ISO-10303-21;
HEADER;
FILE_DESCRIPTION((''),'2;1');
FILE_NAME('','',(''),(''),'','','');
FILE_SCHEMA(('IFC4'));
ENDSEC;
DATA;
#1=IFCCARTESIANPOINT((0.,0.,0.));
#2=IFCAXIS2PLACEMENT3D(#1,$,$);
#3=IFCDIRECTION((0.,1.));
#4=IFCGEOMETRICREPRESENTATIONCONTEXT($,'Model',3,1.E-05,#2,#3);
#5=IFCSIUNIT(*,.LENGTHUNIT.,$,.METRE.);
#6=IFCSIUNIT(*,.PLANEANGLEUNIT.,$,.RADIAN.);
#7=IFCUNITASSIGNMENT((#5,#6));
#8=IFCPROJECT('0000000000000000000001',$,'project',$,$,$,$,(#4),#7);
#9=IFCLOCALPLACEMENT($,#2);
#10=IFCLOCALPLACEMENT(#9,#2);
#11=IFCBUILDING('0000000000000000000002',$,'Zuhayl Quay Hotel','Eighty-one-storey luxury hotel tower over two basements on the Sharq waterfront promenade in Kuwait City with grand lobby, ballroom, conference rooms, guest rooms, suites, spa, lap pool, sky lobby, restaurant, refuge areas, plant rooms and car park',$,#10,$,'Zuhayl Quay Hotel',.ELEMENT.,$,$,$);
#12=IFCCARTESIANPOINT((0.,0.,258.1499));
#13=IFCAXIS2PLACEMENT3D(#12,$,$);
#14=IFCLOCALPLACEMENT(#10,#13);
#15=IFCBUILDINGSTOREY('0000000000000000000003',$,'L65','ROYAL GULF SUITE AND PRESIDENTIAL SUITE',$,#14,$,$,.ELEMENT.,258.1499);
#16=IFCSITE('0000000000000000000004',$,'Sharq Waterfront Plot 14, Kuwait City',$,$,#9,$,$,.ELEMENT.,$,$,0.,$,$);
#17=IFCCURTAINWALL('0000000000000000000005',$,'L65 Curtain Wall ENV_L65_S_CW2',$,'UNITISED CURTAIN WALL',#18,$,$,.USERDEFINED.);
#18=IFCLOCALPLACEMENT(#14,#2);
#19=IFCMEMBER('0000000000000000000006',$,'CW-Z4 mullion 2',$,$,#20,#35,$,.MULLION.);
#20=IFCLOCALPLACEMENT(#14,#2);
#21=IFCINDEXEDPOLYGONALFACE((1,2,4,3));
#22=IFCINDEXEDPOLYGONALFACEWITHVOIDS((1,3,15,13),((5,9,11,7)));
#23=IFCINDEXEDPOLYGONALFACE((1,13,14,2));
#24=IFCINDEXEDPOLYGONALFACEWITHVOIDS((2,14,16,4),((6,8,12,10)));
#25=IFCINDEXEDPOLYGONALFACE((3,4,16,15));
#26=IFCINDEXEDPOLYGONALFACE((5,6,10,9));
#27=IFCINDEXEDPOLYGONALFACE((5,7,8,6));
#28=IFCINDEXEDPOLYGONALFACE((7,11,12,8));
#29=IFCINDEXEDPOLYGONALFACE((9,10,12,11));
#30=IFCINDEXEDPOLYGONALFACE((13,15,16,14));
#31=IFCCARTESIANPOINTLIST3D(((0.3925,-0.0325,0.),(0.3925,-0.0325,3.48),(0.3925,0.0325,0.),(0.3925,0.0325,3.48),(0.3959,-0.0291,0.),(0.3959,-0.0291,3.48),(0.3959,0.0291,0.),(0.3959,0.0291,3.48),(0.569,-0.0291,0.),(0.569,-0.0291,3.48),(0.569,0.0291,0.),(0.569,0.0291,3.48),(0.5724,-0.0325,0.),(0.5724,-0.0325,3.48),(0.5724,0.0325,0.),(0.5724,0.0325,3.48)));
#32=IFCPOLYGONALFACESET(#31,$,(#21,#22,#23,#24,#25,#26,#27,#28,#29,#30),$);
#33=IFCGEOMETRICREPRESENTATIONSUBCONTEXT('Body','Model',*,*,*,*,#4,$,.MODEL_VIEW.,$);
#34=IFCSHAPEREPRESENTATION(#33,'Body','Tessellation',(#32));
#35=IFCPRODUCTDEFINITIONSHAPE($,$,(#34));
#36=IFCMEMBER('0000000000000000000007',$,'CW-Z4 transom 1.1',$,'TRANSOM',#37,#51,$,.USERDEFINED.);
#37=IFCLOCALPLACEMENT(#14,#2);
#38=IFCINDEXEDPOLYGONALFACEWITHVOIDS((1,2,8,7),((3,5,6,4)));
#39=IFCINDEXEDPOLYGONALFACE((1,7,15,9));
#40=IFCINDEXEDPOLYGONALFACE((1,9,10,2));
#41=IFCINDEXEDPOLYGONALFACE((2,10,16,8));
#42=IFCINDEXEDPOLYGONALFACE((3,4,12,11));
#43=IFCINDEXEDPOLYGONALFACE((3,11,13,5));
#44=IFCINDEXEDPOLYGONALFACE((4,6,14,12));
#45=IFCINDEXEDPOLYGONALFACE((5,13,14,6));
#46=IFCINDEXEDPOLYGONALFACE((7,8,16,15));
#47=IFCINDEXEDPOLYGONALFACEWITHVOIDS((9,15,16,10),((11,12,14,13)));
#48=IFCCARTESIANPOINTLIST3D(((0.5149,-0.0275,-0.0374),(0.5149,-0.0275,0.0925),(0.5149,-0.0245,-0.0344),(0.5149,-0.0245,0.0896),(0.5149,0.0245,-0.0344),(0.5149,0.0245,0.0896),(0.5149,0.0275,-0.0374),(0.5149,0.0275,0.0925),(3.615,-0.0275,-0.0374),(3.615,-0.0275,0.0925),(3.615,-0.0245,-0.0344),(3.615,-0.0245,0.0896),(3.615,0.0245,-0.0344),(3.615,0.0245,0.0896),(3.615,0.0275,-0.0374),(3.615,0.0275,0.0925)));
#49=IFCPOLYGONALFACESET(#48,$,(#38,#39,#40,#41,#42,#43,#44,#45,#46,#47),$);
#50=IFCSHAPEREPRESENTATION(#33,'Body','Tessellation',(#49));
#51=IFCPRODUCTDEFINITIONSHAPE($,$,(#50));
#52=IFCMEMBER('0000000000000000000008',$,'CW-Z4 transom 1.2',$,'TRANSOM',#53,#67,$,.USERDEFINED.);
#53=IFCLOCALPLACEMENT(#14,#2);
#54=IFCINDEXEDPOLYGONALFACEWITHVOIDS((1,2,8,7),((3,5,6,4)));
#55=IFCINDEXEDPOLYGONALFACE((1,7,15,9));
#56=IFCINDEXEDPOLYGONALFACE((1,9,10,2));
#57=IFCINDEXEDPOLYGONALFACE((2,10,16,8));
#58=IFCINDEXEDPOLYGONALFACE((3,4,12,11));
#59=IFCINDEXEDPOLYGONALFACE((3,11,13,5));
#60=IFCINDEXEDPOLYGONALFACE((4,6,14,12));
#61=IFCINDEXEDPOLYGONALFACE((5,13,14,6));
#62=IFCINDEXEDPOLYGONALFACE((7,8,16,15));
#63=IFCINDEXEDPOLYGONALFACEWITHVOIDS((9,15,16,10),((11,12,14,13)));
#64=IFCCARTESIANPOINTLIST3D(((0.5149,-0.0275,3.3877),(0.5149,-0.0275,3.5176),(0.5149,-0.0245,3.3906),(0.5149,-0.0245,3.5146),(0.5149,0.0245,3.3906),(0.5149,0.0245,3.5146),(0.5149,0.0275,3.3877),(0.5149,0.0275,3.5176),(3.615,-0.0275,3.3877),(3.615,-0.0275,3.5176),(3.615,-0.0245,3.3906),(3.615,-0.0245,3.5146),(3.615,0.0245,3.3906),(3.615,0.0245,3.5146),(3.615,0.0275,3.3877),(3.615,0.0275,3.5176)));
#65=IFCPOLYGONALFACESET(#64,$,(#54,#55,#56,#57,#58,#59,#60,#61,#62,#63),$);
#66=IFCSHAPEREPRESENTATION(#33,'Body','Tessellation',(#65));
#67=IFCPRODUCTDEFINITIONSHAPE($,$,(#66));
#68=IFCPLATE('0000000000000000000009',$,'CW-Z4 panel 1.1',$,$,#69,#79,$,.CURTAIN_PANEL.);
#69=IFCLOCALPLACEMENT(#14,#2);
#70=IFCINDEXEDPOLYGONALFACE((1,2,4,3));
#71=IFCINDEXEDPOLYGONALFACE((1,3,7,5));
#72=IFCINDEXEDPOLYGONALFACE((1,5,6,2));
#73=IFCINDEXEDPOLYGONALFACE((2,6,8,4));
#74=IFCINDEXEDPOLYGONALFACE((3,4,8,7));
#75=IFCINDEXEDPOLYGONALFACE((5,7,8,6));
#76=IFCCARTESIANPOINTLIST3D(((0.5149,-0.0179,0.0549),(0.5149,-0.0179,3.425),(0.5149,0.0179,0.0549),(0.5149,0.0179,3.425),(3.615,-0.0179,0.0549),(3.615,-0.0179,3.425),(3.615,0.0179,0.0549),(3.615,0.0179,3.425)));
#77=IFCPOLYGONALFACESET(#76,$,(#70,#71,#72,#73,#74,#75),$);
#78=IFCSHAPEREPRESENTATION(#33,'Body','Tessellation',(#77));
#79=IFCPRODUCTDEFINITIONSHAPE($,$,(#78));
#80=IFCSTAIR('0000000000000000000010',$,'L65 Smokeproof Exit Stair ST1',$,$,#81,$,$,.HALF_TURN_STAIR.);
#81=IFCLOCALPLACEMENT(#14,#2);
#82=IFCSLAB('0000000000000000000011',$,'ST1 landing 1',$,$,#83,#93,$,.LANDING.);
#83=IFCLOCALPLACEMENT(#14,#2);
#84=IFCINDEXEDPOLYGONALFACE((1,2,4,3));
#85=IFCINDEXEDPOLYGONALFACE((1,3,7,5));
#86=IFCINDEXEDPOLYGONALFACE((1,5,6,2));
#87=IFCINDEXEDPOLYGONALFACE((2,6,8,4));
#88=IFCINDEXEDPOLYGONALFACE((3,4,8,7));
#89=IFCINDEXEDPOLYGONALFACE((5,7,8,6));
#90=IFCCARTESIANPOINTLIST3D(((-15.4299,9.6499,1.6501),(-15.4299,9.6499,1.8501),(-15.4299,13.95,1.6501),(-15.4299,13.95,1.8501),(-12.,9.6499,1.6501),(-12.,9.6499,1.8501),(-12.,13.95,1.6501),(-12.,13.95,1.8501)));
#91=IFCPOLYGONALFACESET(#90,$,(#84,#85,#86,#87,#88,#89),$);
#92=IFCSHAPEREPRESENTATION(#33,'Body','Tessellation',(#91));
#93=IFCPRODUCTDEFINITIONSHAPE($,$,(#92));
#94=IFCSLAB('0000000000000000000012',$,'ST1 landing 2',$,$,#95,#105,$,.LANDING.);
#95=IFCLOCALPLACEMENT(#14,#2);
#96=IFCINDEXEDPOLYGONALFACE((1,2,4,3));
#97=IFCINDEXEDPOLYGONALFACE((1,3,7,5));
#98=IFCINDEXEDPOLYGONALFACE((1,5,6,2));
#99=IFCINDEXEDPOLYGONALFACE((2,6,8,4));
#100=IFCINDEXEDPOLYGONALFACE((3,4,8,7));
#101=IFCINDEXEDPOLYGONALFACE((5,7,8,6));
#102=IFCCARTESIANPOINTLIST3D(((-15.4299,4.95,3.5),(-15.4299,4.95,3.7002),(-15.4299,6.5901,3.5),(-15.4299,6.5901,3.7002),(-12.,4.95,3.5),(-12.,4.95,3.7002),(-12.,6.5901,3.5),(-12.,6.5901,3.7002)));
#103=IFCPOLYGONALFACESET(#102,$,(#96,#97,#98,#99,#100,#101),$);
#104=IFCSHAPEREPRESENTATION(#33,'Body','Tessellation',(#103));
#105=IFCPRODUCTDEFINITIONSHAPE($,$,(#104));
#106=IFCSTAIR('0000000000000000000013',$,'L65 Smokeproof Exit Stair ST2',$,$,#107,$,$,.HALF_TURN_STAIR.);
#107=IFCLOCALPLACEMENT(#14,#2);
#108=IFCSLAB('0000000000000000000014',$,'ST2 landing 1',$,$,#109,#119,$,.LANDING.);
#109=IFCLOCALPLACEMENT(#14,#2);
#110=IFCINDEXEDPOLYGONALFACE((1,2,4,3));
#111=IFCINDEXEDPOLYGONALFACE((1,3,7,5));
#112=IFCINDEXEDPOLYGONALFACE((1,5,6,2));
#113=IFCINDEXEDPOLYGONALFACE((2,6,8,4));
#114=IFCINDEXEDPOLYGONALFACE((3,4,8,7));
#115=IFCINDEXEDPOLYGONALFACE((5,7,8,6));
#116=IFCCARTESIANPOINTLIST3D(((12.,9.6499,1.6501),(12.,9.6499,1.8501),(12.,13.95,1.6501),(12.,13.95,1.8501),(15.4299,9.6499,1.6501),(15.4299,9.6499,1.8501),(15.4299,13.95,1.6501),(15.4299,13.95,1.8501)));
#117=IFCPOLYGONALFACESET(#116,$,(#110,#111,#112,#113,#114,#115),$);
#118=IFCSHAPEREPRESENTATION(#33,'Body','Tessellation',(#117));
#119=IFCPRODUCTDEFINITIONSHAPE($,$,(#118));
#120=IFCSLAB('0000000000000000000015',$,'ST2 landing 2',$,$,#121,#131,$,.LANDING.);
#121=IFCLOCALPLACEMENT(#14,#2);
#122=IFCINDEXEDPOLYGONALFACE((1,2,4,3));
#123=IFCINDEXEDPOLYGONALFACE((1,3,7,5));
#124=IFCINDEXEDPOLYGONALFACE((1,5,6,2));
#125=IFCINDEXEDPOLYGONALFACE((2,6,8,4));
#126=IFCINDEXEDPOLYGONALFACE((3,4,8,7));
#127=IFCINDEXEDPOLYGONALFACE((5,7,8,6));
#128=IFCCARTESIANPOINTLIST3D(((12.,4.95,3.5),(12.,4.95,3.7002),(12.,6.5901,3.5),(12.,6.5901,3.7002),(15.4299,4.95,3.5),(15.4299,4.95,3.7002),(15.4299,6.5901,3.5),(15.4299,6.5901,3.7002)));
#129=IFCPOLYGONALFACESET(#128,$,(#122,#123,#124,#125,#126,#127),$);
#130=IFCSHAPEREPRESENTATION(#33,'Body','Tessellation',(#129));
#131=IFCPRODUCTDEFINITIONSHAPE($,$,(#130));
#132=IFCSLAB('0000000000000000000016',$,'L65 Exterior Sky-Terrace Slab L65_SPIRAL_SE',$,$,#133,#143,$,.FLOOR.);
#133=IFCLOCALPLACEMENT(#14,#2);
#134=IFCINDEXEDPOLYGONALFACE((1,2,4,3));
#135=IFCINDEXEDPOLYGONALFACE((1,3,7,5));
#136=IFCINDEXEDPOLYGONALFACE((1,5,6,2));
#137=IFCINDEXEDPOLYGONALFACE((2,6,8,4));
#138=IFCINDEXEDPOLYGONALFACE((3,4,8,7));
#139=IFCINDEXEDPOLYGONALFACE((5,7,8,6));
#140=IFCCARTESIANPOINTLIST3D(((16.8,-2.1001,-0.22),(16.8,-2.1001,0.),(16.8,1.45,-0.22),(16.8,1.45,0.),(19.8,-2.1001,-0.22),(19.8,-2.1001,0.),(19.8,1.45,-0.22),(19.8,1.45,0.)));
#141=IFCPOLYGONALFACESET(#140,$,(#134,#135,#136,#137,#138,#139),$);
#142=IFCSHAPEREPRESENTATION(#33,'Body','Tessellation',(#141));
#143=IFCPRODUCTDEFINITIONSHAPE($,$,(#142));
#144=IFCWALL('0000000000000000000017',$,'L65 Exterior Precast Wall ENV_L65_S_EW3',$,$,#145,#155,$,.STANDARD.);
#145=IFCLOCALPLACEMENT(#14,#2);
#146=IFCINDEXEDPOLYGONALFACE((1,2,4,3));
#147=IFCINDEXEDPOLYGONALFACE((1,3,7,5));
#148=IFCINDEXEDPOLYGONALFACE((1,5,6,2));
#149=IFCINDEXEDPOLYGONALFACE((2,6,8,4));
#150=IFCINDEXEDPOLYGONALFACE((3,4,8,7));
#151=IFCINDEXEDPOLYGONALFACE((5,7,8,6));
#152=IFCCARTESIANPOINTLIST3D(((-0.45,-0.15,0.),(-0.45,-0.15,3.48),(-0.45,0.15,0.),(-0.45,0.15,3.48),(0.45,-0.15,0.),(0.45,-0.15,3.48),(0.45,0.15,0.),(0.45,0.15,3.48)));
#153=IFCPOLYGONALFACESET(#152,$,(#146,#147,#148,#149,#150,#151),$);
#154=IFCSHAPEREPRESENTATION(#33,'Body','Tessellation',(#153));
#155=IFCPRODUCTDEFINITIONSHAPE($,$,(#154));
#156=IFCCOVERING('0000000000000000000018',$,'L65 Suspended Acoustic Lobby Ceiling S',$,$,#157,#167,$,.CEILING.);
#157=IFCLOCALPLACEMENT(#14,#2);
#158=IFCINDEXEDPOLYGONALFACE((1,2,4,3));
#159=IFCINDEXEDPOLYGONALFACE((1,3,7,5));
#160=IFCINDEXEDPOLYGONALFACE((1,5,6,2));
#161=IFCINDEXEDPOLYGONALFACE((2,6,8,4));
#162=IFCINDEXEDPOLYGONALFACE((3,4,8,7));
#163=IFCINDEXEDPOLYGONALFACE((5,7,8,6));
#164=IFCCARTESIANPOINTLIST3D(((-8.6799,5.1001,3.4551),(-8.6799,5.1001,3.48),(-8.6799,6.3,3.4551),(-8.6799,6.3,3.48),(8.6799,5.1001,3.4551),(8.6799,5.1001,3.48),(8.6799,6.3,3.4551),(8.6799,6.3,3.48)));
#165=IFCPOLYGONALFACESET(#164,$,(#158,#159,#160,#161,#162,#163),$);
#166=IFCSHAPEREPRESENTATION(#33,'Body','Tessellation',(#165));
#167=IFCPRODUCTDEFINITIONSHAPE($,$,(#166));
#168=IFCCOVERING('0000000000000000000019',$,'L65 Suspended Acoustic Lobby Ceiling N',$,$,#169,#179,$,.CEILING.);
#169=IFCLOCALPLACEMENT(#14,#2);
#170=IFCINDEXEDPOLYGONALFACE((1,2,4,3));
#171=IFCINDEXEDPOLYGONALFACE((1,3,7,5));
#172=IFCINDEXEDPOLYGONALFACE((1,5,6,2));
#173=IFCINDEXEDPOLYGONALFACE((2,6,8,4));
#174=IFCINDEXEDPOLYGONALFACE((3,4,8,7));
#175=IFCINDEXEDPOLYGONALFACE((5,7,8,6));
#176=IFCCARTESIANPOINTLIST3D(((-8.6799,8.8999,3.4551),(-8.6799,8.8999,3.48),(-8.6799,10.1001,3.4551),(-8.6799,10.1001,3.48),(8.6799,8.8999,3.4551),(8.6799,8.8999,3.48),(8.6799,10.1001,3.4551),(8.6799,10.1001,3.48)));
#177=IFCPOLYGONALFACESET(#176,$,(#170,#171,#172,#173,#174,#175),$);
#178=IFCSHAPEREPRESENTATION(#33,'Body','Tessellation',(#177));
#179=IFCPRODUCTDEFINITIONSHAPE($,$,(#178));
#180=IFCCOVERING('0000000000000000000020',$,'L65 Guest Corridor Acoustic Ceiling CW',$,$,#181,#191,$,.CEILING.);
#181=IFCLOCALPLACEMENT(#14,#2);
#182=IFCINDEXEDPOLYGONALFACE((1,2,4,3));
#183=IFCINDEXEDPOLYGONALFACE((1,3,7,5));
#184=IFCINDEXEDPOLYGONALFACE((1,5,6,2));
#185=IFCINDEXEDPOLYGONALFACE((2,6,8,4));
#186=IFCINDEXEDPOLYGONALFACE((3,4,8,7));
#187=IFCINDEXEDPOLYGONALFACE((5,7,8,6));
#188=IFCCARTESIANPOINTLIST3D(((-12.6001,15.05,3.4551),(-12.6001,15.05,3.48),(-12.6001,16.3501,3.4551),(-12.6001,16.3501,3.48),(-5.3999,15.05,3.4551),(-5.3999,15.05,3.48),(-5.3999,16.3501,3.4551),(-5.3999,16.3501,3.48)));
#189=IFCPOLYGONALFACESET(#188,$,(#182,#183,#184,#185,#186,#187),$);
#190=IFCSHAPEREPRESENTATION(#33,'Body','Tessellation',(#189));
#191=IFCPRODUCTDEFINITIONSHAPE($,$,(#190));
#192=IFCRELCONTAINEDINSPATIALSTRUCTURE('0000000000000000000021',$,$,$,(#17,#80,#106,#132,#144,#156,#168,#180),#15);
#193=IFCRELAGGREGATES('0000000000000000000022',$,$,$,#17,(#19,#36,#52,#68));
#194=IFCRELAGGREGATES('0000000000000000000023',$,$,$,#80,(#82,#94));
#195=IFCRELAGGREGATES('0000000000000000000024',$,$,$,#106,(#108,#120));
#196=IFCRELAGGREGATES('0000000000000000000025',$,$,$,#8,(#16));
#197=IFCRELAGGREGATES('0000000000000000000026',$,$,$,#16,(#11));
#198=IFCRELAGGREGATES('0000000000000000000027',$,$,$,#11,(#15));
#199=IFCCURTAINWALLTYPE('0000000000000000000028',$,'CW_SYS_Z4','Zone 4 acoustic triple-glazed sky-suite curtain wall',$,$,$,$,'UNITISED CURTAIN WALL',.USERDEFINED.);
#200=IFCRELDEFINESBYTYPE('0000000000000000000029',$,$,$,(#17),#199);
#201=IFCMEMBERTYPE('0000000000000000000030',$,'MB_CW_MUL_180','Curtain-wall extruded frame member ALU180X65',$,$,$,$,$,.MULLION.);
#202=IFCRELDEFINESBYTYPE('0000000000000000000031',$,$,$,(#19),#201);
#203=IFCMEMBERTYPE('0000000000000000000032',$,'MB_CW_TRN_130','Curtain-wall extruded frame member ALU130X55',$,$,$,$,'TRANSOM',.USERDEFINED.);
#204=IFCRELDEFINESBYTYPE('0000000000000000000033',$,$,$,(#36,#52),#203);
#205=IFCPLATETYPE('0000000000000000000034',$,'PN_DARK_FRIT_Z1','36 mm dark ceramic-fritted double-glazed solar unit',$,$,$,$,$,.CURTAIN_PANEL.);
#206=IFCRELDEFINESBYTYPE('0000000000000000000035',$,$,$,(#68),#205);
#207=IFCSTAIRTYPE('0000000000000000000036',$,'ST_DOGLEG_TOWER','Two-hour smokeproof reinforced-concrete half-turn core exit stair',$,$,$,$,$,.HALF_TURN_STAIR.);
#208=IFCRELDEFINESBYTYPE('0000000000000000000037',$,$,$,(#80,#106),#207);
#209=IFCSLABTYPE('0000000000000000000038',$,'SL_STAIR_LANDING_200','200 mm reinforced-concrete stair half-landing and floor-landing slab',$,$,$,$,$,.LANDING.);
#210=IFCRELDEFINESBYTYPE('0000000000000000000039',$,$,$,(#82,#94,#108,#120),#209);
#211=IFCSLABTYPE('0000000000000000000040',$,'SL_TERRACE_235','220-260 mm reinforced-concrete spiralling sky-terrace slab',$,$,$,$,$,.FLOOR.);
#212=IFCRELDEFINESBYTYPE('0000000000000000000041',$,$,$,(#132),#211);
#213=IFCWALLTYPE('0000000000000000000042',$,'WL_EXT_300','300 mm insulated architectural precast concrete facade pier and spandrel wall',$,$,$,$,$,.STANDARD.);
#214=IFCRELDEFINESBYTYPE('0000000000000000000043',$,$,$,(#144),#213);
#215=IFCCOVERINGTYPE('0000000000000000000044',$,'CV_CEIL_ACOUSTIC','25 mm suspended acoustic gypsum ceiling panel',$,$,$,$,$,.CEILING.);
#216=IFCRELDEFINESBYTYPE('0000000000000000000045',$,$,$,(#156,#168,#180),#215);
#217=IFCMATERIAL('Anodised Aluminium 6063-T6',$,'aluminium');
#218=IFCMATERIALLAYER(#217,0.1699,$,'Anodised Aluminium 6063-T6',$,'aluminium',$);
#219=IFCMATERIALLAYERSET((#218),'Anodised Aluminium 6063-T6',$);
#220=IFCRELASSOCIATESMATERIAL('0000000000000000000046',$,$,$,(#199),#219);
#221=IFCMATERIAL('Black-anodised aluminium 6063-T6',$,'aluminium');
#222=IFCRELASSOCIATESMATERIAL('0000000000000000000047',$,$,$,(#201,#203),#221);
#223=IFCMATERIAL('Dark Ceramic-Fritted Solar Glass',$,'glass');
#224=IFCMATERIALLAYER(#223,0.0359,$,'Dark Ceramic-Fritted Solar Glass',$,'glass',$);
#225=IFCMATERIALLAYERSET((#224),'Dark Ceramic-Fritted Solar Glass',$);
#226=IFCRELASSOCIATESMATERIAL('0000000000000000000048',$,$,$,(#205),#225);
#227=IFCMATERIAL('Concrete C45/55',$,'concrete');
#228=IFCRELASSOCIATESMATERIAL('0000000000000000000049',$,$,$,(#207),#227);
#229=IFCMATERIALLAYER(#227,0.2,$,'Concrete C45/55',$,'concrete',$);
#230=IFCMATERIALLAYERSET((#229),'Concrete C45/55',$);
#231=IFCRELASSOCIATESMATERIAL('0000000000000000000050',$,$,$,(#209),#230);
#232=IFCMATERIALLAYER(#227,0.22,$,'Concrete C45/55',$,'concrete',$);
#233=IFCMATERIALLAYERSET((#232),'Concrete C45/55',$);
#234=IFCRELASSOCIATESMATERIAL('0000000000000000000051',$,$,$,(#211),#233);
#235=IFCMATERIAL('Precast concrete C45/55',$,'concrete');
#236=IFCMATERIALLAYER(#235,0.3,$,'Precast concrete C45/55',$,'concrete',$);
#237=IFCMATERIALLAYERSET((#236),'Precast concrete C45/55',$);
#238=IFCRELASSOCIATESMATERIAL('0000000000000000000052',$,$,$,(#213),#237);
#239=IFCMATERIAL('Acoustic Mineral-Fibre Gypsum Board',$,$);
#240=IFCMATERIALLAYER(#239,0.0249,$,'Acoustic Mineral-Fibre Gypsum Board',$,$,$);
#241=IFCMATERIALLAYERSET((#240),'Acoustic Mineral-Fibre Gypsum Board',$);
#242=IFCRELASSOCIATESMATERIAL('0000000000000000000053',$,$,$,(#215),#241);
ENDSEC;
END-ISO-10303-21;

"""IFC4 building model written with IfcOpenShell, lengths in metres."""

from ifc_helpers import new_model, si_unit, direction, frame, frame_2d, origin, origin_2d, place, context, subcontext, project, spatial, polyline, rectangle, hollow_rectangle, outline, extrude, material, layer, layer_set, material_profile, profile_set, type_object, element, aggregate, save


model = new_model("IFC4")

# Units and contexts
model_context = context("Model", 3, precision=1e-05, world=origin(), true_north=direction((0.0, 1.0)))
body_context = subcontext(model_context, "Body", "Model", "MODEL_VIEW")
ifc_project = project(units=[si_unit("LENGTHUNIT", "METRE"), si_unit("PLANEANGLEUNIT", "RADIAN")], contexts=[model_context])

# Site, building, storey
site_placement = place(None, origin())
site = spatial("IfcSite", under=ifc_project, at=site_placement, Name="Sharq Waterfront Plot 14, Kuwait City", CompositionType="ELEMENT", RefElevation=0.0)
building_placement = place(site_placement, origin())
building = spatial("IfcBuilding", under=site, at=building_placement, Name="Zuhayl Quay Hotel", Description="Eighty-one-storey luxury hotel tower over two basements on the Sharq waterfront promenade in Kuwait City with grand lobby, ballroom, conference rooms, guest rooms, suites, spa, lap pool, sky lobby, restaurant, refuge areas, plant rooms and car park", LongName="Zuhayl Quay Hotel", CompositionType="ELEMENT")
storey_placement = place(building_placement, frame((0.0, 0.0, 258.1499)))
storey = spatial("IfcBuildingStorey", under=building, at=storey_placement, Name="L65", Description="ROYAL GULF SUITE AND PRESIDENTIAL SUITE", CompositionType="ELEMENT", Elevation=258.1499)

# Curtain wall, members, plate
ifc_material_1 = material(Name="Anodised Aluminium 6063-T6", Category="aluminium")
ifc_layer_1 = layer(ifc_material_1, 0.1699, Name="Anodised Aluminium 6063-T6", Category="aluminium")
ifc_layer_set_1 = layer_set([ifc_layer_1], Name="Anodised Aluminium 6063-T6")
curtain_wall_type = type_object("IfcCurtainWallType", Name="CW_SYS_Z4", Description="Zone 4 acoustic triple-glazed sky-suite curtain wall", ElementType="UNITISED CURTAIN WALL", PredefinedType="USERDEFINED", material=ifc_layer_set_1)
curtain_wall_placement = place(storey_placement, origin())
curtain_wall = element("IfcCurtainWall", 1, at=curtain_wall_placement, inside=storey, type_object=curtain_wall_type, Name="L65 Curtain Wall ENV_L65_S_CW2", ObjectType="UNITISED CURTAIN WALL", PredefinedType="USERDEFINED")
ifc_material_2 = material(Name="Black-anodised aluminium 6063-T6", Category="aluminium")
ifc_material_profile_1 = material_profile(ifc_material_2, hollow_rectangle(XDim=0.0649, YDim=0.1799, WallThickness=0.0034, at=origin_2d()), Name="ALU180X65")
ifc_profile_set_1 = profile_set([ifc_material_profile_1], Name="Black-anodised aluminium 6063-T6")
member_type_1 = type_object("IfcMemberType", Name="MB_CW_MUL_180", Description="Curtain-wall extruded frame member ALU180X65", PredefinedType="MULLION", material=ifc_profile_set_1)
member_1_placement = place(storey_placement, frame((0.4824, 0.0, 0.0), z_axis=(0.0, 0.0, 1.0), x_axis=(0.0, -1.0, 0.0)))
member_1 = element("IfcMember", 2, at=member_1_placement, type_object=member_type_1, Name="CW-Z4 mullion 2", PredefinedType="MULLION", context=body_context, shape_type="SweptSolid", body=[
    extrude(hollow_rectangle(XDim=0.0649, YDim=0.1799, WallThickness=0.0034, at=origin_2d()), origin(), (0.0, 0.0, 1.0), 3.48),
])
ifc_material_profile_2 = material_profile(ifc_material_2, hollow_rectangle(XDim=0.0549, YDim=0.1299, WallThickness=0.0029, at=origin_2d()), Name="ALU130X55")
ifc_profile_set_2 = profile_set([ifc_material_profile_2], Name="Black-anodised aluminium 6063-T6")
member_type_2 = type_object("IfcMemberType", Name="MB_CW_TRN_130", Description="Curtain-wall extruded frame member ALU130X55", ElementType="TRANSOM", PredefinedType="USERDEFINED", material=ifc_profile_set_2)
member_2_placement = place(storey_placement, frame((3.615, 0.0, 0.0276), z_axis=(-1.0, 0.0, 0.0), x_axis=(0.0, -1.0, 0.0)))
member_2 = element("IfcMember", 3, at=member_2_placement, type_object=member_type_2, Name="CW-Z4 transom 1.1", ObjectType="TRANSOM", PredefinedType="USERDEFINED", context=body_context, shape_type="SweptSolid", body=[
    extrude(hollow_rectangle(XDim=0.0549, YDim=0.1299, WallThickness=0.0029, at=origin_2d()), origin(), (0.0, 0.0, 1.0), 3.1001),
])
member_3_placement = place(storey_placement, frame((3.615, 0.0, 3.4526), z_axis=(-1.0, 0.0, 0.0), x_axis=(0.0, -1.0, 0.0)))
member_3 = element("IfcMember", 4, at=member_3_placement, type_object=member_type_2, Name="CW-Z4 transom 1.2", ObjectType="TRANSOM", PredefinedType="USERDEFINED", context=body_context, shape_type="SweptSolid", body=[
    extrude(hollow_rectangle(XDim=0.0549, YDim=0.1299, WallThickness=0.0029, at=origin_2d()), origin(), (0.0, 0.0, 1.0), 3.1001),
])
ifc_material_3 = material(Name="Dark Ceramic-Fritted Solar Glass", Category="glass")
ifc_layer_2 = layer(ifc_material_3, 0.0359, Name="Dark Ceramic-Fritted Solar Glass", Category="glass")
ifc_layer_set_2 = layer_set([ifc_layer_2], Name="Dark Ceramic-Fritted Solar Glass")
plate_type = type_object("IfcPlateType", Name="PN_DARK_FRIT_Z1", Description="36 mm dark ceramic-fritted double-glazed solar unit", PredefinedType="CURTAIN_PANEL", material=ifc_layer_set_2)
plate_placement = place(storey_placement, frame((2.0649, 0.0, 0.0549), z_axis=(0.0, 0.0, 1.0), x_axis=(-1.0, 0.0, 0.0)))
plate = element("IfcPlate", 5, at=plate_placement, type_object=plate_type, Name="CW-Z4 panel 1.1", PredefinedType="CURTAIN_PANEL", context=body_context, shape_type="SweptSolid", body=[
    extrude(rectangle(XDim=3.1001, YDim=0.0359, at=origin_2d()), origin(), (0.0, 0.0, 1.0), 3.3701),
])
aggregate(curtain_wall, [member_1, member_2, member_3, plate])

# Stairs, slabs
ifc_material_4 = material(Name="Concrete C45/55", Category="concrete")
stair_type = type_object("IfcStairType", Name="ST_DOGLEG_TOWER", Description="Two-hour smokeproof reinforced-concrete half-turn core exit stair", PredefinedType="HALF_TURN_STAIR", material=ifc_material_4)
stair_1_placement = place(storey_placement, origin())
stair_1 = element("IfcStair", 6, at=stair_1_placement, inside=storey, type_object=stair_type, Name="L65 Smokeproof Exit Stair ST1", PredefinedType="HALF_TURN_STAIR")
ifc_layer_3 = layer(ifc_material_4, 0.2, Name="Concrete C45/55", Category="concrete")
ifc_layer_set_3 = layer_set([ifc_layer_3], Name="Concrete C45/55")
slab_type_1 = type_object("IfcSlabType", Name="SL_STAIR_LANDING_200", Description="200 mm reinforced-concrete stair half-landing and floor-landing slab", PredefinedType="LANDING", material=ifc_layer_set_3)
slab_1_placement = place(storey_placement, frame((0.0, 0.0, 1.6501)))
slab_1 = element("IfcSlab", 7, at=slab_1_placement, type_object=slab_type_1, Name="ST1 landing 1", PredefinedType="LANDING", context=body_context, shape_type="SweptSolid", body=[
    extrude(outline(polyline([(-12.0, 9.6499), (-12.0, 13.95), (-15.4299, 13.95), (-15.4299, 9.6499), (-12.0, 9.6499)])), origin(), (0.0, 0.0, 1.0), 0.2),
])
slab_2_placement = place(storey_placement, frame((0.0, 0.0, 3.5)))
slab_2 = element("IfcSlab", 8, at=slab_2_placement, type_object=slab_type_1, Name="ST1 landing 2", PredefinedType="LANDING", context=body_context, shape_type="SweptSolid", body=[
    extrude(outline(polyline([(-12.0, 4.95), (-12.0, 6.5901), (-15.4299, 6.5901), (-15.4299, 4.95), (-12.0, 4.95)])), origin(), (0.0, 0.0, 1.0), 0.2002),
])
aggregate(stair_1, [slab_1, slab_2])
stair_2_placement = place(storey_placement, origin())
stair_2 = element("IfcStair", 9, at=stair_2_placement, inside=storey, type_object=stair_type, Name="L65 Smokeproof Exit Stair ST2", PredefinedType="HALF_TURN_STAIR")
slab_3_placement = place(storey_placement, frame((0.0, 0.0, 1.6501)))
slab_3 = element("IfcSlab", 10, at=slab_3_placement, type_object=slab_type_1, Name="ST2 landing 1", PredefinedType="LANDING", context=body_context, shape_type="SweptSolid", body=[
    extrude(outline(polyline([(15.4299, 9.6499), (15.4299, 13.95), (12.0, 13.95), (12.0, 9.6499), (15.4299, 9.6499)])), origin(), (0.0, 0.0, 1.0), 0.2),
])
slab_4_placement = place(storey_placement, frame((0.0, 0.0, 3.5)))
slab_4 = element("IfcSlab", 11, at=slab_4_placement, type_object=slab_type_1, Name="ST2 landing 2", PredefinedType="LANDING", context=body_context, shape_type="SweptSolid", body=[
    extrude(outline(polyline([(15.4299, 4.95), (15.4299, 6.5901), (12.0, 6.5901), (12.0, 4.95), (15.4299, 4.95)])), origin(), (0.0, 0.0, 1.0), 0.2002),
])
aggregate(stair_2, [slab_3, slab_4])

# Slab
ifc_layer_4 = layer(ifc_material_4, 0.22, Name="Concrete C45/55", Category="concrete")
ifc_layer_set_4 = layer_set([ifc_layer_4], Name="Concrete C45/55")
slab_type_2 = type_object("IfcSlabType", Name="SL_TERRACE_235", Description="220-260 mm reinforced-concrete spiralling sky-terrace slab", PredefinedType="FLOOR", material=ifc_layer_set_4)
slab_5_placement = place(storey_placement, frame((0.0, 0.0, -0.22)))
element("IfcSlab", 12, at=slab_5_placement, inside=storey, type_object=slab_type_2, Name="L65 Exterior Sky-Terrace Slab L65_SPIRAL_SE", PredefinedType="FLOOR", context=body_context, shape_type="SweptSolid", body=[
    extrude(outline(polyline([(16.8, -2.1001), (19.8, -2.1001), (19.8, 1.45), (16.8, 1.45), (16.8, -2.1001)])), origin(), (0.0, 0.0, 1.0), 0.22),
])

# Wall
ifc_material_5 = material(Name="Precast concrete C45/55", Category="concrete")
ifc_layer_5 = layer(ifc_material_5, 0.3, Name="Precast concrete C45/55", Category="concrete")
ifc_layer_set_5 = layer_set([ifc_layer_5], Name="Precast concrete C45/55")
wall_type = type_object("IfcWallType", Name="WL_EXT_300", Description="300 mm insulated architectural precast concrete facade pier and spandrel wall", PredefinedType="STANDARD", material=ifc_layer_set_5)
wall_placement = place(storey_placement, frame((0.45, 0.0, 0.0), z_axis=(0.0, 0.0, 1.0), x_axis=(-1.0, 0.0, 0.0)))
element("IfcWall", 13, at=wall_placement, inside=storey, type_object=wall_type, Name="L65 Exterior Precast Wall ENV_L65_S_EW3", PredefinedType="STANDARD", context=body_context, shape_type="SweptSolid", body=[
    extrude(rectangle(XDim=0.8999, YDim=0.3, at=frame_2d((0.45, 0.0))), origin(), (0.0, 0.0, 1.0), 3.48),
])

# Coverings
ifc_material_6 = material(Name="Acoustic Mineral-Fibre Gypsum Board")
ifc_layer_6 = layer(ifc_material_6, 0.0249, Name="Acoustic Mineral-Fibre Gypsum Board")
ifc_layer_set_6 = layer_set([ifc_layer_6], Name="Acoustic Mineral-Fibre Gypsum Board")
covering_type_1 = type_object("IfcCoveringType", Name="CV_CEIL_ACOUSTIC", Description="25 mm suspended acoustic gypsum ceiling panel", PredefinedType="CEILING", material=ifc_layer_set_6)
covering_1_placement = place(storey_placement, frame((0.0, 0.0, 3.4551)))
element("IfcCovering", 14, at=covering_1_placement, inside=storey, type_object=covering_type_1, Name="L65 Suspended Acoustic Lobby Ceiling S", PredefinedType="CEILING", context=body_context, shape_type="SweptSolid", body=[
    extrude(outline(polyline([(-8.6799, 5.1001), (8.6799, 5.1001), (8.6799, 6.3), (-8.6799, 6.3), (-8.6799, 5.1001)])), origin(), (0.0, 0.0, 1.0), 0.0249),
])
covering_2_placement = place(storey_placement, frame((0.0, 0.0, 3.4551)))
element("IfcCovering", 15, at=covering_2_placement, inside=storey, type_object=covering_type_1, Name="L65 Suspended Acoustic Lobby Ceiling N", PredefinedType="CEILING", context=body_context, shape_type="SweptSolid", body=[
    extrude(outline(polyline([(-8.6799, 8.8999), (8.6799, 8.8999), (8.6799, 10.1001), (-8.6799, 10.1001), (-8.6799, 8.8999)])), origin(), (0.0, 0.0, 1.0), 0.0249),
])
covering_3_placement = place(storey_placement, frame((0.0, 0.0, 3.4551)))
element("IfcCovering", 16, at=covering_3_placement, inside=storey, type_object=covering_type_1, Name="L65 Guest Corridor Acoustic Ceiling CW", PredefinedType="CEILING", context=body_context, shape_type="SweptSolid", body=[
    extrude(outline(polyline([(-12.6001, 15.05), (-5.3999, 15.05), (-5.3999, 16.3501), (-12.6001, 16.3501), (-12.6001, 15.05)])), origin(), (0.0, 0.0, 1.0), 0.0249),
])

save(model, "model.ifc")
